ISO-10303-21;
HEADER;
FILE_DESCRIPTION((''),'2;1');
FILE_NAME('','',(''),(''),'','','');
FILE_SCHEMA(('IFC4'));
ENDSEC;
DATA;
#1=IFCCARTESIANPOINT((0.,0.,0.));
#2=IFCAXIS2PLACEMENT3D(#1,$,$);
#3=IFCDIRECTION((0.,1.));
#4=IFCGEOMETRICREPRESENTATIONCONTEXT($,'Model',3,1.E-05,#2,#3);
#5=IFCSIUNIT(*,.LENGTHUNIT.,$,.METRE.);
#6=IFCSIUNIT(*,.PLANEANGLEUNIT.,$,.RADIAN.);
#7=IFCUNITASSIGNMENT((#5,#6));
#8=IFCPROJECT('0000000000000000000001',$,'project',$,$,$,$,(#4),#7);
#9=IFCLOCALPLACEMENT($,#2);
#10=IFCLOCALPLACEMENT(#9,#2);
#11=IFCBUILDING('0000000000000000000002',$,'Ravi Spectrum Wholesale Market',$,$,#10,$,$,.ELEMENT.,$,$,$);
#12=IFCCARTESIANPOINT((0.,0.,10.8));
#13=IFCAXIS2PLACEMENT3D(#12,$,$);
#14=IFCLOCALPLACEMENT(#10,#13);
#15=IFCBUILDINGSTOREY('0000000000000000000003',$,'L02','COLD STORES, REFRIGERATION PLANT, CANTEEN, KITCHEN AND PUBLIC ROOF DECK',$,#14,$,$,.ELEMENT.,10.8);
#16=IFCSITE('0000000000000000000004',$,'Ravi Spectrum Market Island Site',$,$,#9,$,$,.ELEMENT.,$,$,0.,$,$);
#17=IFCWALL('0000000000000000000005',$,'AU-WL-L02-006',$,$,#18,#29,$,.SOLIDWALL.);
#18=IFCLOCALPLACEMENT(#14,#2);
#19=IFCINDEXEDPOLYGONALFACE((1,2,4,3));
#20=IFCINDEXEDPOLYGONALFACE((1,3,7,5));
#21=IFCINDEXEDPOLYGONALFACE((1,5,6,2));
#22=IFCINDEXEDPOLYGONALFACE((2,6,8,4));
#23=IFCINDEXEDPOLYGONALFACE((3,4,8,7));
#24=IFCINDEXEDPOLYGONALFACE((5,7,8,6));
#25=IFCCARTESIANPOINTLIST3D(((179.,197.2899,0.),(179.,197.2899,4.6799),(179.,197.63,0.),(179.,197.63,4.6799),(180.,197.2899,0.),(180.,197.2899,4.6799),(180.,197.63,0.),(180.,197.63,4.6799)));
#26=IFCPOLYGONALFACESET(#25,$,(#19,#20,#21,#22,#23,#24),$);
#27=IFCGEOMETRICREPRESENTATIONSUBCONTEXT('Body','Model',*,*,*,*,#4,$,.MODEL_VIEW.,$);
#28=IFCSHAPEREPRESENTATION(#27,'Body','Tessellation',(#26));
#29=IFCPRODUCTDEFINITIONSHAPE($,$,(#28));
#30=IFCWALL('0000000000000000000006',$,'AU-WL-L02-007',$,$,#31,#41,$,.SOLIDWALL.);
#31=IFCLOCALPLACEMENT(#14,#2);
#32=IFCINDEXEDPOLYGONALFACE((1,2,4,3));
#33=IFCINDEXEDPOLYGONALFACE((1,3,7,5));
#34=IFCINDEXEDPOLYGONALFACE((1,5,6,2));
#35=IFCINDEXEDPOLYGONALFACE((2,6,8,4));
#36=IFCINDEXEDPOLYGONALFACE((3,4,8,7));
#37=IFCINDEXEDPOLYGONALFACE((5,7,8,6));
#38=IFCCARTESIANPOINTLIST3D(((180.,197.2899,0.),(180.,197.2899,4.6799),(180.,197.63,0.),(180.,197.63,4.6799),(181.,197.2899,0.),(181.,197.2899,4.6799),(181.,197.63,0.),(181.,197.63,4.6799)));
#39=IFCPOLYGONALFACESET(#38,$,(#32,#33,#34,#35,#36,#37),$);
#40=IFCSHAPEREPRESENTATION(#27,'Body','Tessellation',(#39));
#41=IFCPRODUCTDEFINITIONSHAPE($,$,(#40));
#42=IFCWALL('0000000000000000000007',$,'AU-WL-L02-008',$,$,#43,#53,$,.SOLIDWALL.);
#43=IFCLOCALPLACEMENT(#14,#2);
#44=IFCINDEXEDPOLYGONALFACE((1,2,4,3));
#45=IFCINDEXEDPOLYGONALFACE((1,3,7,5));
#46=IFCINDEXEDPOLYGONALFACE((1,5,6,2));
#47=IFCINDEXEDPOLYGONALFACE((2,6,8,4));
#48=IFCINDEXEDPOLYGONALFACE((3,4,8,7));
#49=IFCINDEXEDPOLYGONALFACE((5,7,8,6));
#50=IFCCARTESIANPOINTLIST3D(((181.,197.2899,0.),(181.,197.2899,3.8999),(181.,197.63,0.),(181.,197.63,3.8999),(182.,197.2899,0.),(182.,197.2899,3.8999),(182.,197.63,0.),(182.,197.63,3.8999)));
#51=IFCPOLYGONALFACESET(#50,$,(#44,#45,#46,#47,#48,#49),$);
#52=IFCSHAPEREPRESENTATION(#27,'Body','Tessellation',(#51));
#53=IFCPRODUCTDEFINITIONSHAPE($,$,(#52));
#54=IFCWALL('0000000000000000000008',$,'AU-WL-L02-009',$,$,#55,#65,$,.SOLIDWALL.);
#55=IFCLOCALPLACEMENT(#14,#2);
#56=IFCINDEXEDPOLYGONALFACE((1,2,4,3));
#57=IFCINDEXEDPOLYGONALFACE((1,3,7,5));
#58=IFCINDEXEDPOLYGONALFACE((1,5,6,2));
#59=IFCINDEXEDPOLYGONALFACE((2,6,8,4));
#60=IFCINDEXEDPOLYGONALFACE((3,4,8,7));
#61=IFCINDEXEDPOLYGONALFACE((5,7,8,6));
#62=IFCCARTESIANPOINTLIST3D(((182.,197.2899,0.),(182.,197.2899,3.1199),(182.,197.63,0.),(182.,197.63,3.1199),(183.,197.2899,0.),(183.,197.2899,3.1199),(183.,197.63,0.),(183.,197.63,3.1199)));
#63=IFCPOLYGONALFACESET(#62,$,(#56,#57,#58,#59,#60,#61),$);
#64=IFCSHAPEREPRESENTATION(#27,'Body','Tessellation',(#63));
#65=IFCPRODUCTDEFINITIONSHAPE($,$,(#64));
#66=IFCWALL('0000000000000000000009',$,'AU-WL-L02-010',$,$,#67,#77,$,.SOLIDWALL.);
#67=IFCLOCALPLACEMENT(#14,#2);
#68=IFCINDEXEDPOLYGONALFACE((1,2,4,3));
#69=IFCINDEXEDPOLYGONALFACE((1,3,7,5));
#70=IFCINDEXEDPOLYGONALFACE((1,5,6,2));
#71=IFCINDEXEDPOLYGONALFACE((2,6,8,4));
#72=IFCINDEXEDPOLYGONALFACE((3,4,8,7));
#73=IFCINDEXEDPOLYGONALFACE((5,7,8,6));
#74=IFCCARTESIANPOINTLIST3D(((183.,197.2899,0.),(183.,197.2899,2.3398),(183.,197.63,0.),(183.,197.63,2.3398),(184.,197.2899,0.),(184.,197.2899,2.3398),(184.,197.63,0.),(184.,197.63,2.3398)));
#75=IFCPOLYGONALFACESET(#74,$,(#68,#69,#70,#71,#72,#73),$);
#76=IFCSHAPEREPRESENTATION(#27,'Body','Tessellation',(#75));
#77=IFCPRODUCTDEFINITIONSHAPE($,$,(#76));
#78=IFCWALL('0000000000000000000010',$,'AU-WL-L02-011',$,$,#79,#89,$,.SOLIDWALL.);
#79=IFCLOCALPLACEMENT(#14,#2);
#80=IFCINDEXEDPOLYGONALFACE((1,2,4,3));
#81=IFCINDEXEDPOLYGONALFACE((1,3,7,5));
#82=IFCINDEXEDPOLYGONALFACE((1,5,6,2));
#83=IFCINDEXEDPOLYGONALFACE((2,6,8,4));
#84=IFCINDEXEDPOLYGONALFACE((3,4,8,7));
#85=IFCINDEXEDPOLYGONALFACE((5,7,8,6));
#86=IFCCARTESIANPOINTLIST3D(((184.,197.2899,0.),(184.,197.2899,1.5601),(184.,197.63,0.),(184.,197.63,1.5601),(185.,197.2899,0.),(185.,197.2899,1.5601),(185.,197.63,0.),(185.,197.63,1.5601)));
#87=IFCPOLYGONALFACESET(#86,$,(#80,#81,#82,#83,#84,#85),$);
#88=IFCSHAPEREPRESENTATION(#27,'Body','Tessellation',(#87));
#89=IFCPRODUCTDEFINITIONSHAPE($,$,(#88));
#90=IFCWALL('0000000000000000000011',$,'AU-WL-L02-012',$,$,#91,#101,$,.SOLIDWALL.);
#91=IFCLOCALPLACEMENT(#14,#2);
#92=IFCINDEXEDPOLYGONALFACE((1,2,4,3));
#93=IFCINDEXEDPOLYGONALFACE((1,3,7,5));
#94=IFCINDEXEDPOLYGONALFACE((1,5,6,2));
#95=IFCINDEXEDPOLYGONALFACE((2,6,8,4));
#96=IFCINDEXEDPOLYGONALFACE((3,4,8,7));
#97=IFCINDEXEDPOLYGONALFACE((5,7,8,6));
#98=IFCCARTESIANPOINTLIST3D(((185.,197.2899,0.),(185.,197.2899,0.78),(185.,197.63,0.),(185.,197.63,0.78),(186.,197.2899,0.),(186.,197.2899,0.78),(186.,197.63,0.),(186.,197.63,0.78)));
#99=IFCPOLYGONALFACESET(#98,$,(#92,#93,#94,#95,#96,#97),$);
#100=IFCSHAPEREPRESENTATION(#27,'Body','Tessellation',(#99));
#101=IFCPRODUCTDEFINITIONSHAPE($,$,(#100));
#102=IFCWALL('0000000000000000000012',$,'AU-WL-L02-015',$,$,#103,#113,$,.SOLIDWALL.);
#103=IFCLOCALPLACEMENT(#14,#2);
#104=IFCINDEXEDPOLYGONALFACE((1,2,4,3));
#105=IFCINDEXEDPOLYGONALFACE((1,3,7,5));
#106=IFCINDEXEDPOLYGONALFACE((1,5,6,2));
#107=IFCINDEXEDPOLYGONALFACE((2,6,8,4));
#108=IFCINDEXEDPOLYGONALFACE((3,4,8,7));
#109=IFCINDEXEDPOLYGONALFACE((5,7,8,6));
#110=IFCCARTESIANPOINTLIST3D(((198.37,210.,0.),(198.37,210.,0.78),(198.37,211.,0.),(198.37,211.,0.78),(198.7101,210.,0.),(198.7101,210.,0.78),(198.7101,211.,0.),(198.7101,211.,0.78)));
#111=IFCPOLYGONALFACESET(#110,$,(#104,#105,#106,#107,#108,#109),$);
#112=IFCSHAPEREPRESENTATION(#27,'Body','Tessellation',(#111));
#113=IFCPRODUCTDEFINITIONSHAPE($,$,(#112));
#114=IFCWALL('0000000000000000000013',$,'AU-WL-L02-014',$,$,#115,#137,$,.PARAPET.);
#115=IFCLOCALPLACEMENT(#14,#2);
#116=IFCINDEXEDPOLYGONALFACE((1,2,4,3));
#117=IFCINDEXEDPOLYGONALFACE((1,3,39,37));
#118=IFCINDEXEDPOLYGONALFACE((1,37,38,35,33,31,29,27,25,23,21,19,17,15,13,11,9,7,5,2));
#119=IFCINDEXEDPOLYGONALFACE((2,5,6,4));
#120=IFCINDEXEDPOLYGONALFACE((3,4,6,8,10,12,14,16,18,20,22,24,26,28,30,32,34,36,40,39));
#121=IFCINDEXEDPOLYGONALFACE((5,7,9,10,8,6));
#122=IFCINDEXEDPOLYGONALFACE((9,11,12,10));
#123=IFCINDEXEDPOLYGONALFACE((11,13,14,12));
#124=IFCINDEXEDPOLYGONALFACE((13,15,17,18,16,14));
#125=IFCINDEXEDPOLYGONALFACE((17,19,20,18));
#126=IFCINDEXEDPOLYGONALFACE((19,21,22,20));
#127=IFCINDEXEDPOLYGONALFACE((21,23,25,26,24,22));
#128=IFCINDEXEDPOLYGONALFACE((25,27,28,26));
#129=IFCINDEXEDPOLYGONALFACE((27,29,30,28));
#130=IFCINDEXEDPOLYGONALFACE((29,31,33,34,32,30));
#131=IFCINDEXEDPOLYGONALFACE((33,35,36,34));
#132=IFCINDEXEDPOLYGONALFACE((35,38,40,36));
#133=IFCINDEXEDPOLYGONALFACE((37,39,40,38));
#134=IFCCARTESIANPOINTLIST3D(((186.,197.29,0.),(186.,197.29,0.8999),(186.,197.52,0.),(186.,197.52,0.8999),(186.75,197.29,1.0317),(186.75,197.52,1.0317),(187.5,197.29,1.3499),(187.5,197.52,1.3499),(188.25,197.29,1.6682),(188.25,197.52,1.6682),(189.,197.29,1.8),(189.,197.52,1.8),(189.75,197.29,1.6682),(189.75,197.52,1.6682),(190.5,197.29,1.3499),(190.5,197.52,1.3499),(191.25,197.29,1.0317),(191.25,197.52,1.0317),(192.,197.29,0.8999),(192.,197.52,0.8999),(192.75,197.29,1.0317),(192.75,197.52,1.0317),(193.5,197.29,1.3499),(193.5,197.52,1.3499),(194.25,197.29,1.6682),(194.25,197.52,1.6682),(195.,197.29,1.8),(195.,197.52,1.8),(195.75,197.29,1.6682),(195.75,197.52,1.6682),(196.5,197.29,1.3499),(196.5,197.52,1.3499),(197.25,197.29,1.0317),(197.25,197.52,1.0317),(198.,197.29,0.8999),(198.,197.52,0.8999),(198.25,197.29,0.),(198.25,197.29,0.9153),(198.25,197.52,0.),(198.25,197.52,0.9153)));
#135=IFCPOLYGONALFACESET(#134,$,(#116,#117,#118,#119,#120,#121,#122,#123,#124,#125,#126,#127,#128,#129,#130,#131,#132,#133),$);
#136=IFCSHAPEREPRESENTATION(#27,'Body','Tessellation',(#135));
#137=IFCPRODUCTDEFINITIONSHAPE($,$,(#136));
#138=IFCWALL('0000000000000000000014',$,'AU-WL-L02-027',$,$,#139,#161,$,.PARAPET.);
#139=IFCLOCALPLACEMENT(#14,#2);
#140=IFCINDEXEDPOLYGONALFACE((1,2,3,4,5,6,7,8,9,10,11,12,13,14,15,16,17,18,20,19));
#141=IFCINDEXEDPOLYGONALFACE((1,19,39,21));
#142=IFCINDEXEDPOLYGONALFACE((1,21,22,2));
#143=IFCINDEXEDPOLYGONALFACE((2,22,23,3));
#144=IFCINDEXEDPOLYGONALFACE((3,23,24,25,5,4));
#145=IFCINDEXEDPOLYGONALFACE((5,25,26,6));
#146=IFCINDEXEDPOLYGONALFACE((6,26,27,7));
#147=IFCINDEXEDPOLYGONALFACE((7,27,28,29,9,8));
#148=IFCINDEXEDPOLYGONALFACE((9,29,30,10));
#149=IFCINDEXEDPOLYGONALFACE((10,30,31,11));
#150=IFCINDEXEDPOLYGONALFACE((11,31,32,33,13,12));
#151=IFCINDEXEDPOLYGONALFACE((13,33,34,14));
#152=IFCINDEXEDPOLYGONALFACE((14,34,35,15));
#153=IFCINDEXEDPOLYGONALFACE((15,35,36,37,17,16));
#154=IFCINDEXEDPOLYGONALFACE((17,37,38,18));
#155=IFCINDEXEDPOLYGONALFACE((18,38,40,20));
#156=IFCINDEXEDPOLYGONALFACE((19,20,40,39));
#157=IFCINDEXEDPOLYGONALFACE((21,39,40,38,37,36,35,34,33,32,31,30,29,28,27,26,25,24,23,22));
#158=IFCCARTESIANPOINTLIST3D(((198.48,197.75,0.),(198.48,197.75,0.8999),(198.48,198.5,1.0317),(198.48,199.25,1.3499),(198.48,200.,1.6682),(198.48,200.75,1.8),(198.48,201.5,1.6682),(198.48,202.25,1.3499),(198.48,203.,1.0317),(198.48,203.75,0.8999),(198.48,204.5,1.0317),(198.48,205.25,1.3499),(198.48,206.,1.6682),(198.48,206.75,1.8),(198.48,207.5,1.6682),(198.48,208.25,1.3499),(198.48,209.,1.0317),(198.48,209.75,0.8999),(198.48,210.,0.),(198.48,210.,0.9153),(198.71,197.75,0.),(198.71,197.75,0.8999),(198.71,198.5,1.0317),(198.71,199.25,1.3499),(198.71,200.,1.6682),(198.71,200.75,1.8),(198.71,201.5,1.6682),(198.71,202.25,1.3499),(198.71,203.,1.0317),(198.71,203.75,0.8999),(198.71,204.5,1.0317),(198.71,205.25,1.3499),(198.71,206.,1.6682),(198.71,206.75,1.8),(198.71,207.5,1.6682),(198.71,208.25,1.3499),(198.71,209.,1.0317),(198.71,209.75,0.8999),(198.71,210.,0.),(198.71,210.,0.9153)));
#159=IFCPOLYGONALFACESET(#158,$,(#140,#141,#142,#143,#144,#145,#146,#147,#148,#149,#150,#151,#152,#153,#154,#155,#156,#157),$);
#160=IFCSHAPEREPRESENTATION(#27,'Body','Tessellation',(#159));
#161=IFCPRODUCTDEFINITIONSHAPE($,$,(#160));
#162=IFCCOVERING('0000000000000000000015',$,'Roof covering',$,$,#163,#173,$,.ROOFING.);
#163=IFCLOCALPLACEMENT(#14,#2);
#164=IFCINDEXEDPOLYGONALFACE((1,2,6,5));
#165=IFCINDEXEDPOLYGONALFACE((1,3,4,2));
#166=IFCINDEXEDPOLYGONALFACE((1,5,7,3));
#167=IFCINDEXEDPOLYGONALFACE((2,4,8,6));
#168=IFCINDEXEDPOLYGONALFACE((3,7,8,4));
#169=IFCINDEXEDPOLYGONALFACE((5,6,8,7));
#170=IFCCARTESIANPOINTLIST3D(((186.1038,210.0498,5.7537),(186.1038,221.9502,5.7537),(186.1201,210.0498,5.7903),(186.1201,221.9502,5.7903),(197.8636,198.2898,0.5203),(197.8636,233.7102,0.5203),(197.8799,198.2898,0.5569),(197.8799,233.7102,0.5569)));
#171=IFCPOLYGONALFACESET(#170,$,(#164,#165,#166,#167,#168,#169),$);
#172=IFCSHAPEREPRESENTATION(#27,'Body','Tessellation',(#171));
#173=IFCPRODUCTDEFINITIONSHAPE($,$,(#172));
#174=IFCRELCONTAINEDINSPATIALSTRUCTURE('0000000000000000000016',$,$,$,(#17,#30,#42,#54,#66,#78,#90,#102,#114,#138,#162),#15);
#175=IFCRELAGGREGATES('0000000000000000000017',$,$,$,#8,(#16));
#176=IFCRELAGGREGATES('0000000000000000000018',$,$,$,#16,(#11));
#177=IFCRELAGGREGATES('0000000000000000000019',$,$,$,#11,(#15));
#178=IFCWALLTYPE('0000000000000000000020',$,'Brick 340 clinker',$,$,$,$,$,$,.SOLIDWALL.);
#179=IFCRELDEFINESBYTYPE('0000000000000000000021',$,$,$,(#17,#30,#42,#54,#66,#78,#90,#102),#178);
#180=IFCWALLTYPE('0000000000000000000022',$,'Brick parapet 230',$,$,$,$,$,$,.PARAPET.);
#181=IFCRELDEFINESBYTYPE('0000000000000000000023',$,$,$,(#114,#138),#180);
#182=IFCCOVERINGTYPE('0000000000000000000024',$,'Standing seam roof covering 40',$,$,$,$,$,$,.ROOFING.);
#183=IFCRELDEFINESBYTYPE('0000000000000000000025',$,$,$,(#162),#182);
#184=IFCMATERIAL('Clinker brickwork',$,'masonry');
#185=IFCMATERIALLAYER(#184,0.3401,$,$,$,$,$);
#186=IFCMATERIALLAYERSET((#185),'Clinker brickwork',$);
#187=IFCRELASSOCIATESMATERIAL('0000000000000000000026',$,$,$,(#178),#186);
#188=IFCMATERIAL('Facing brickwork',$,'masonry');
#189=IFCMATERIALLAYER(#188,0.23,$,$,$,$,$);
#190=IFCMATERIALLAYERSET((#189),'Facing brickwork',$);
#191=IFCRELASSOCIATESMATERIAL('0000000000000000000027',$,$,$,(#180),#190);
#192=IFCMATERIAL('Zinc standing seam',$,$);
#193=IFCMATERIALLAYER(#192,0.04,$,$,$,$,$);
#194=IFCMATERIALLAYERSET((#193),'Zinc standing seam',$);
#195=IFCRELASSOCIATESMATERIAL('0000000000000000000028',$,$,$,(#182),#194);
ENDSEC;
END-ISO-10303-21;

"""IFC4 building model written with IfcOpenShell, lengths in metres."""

from ifc_helpers import new_model, si_unit, direction, frame, frame_2d, origin, place, context, subcontext, project, spatial, polyline, rectangle, outline, extrude, material, layer, layer_set, type_object, element, save


model = new_model("IFC4")

# Units and contexts
model_context = context("Model", 3, precision=1e-05, world=origin(), true_north=direction((0.0, 1.0)))
body_context = subcontext(model_context, "Body", "Model", "MODEL_VIEW")
ifc_project = project(units=[si_unit("LENGTHUNIT", "METRE"), si_unit("PLANEANGLEUNIT", "RADIAN")], contexts=[model_context])

# Site, building, storey
site_placement = place(None, origin())
site = spatial("IfcSite", under=ifc_project, at=site_placement, Name="Ravi Spectrum Market Island Site", CompositionType="ELEMENT", RefElevation=0.0)
building_placement = place(site_placement, origin())
building = spatial("IfcBuilding", under=site, at=building_placement, Name="Ravi Spectrum Wholesale Market", CompositionType="ELEMENT")
storey_placement = place(building_placement, frame((0.0, 0.0, 10.8)))
storey = spatial("IfcBuildingStorey", under=building, at=storey_placement, Name="L02", Description="COLD STORES, REFRIGERATION PLANT, CANTEEN, KITCHEN AND PUBLIC ROOF DECK", CompositionType="ELEMENT", Elevation=10.8)

# Walls
ifc_material_1 = material(Name="Clinker brickwork", Category="masonry")
ifc_layer_1 = layer(ifc_material_1, 0.3401)
ifc_layer_set_1 = layer_set([ifc_layer_1], Name="Clinker brickwork")
wall_type_1 = type_object("IfcWallType", Name="Brick 340 clinker", PredefinedType="SOLIDWALL", material=ifc_layer_set_1)
for number, where, z_axis, x_axis, name in (
    (1, (179.0, 197.46, 0.0), (0.0, 0.0, 1.0), (1.0, 0.0, 0.0), "AU-WL-L02-006"),
    (2, (180.0, 197.46, 0.0), (0.0, 0.0, 1.0), (1.0, 0.0, 0.0), "AU-WL-L02-007"),
):
    element("IfcWall", number, at=place(storey_placement, frame(where, z_axis=z_axis, x_axis=x_axis)), inside=storey, type_object=wall_type_1, Name=name, PredefinedType="SOLIDWALL", context=body_context, shape_type="SweptSolid", body=[
        extrude(rectangle(XDim=1.0, YDim=0.3401, at=frame_2d((0.5, 0.0))), origin(), (0.0, 0.0, 1.0), 4.6799),
    ])
wall_1_placement = place(storey_placement, frame((181.0, 197.46, 0.0), z_axis=(0.0, 0.0, 1.0), x_axis=(1.0, 0.0, 0.0)))
element("IfcWall", 3, at=wall_1_placement, inside=storey, type_object=wall_type_1, Name="AU-WL-L02-008", PredefinedType="SOLIDWALL", context=body_context, shape_type="SweptSolid", body=[
    extrude(rectangle(XDim=1.0, YDim=0.3401, at=frame_2d((0.5, 0.0))), origin(), (0.0, 0.0, 1.0), 3.8999),
])
wall_2_placement = place(storey_placement, frame((182.0, 197.46, 0.0), z_axis=(0.0, 0.0, 1.0), x_axis=(1.0, 0.0, 0.0)))
element("IfcWall", 4, at=wall_2_placement, inside=storey, type_object=wall_type_1, Name="AU-WL-L02-009", PredefinedType="SOLIDWALL", context=body_context, shape_type="SweptSolid", body=[
    extrude(rectangle(XDim=1.0, YDim=0.3401, at=frame_2d((0.5, 0.0))), origin(), (0.0, 0.0, 1.0), 3.1199),
])
wall_3_placement = place(storey_placement, frame((183.0, 197.46, 0.0), z_axis=(0.0, 0.0, 1.0), x_axis=(1.0, 0.0, 0.0)))
element("IfcWall", 5, at=wall_3_placement, inside=storey, type_object=wall_type_1, Name="AU-WL-L02-010", PredefinedType="SOLIDWALL", context=body_context, shape_type="SweptSolid", body=[
    extrude(rectangle(XDim=1.0, YDim=0.3401, at=frame_2d((0.5, 0.0))), origin(), (0.0, 0.0, 1.0), 2.3398),
])
wall_4_placement = place(storey_placement, frame((184.0, 197.46, 0.0), z_axis=(0.0, 0.0, 1.0), x_axis=(1.0, 0.0, 0.0)))
element("IfcWall", 6, at=wall_4_placement, inside=storey, type_object=wall_type_1, Name="AU-WL-L02-011", PredefinedType="SOLIDWALL", context=body_context, shape_type="SweptSolid", body=[
    extrude(rectangle(XDim=1.0, YDim=0.3401, at=frame_2d((0.5, 0.0))), origin(), (0.0, 0.0, 1.0), 1.5601),
])
for number, where, z_axis, x_axis, name in (
    (7, (185.0, 197.46, 0.0), (0.0, 0.0, 1.0), (1.0, 0.0, 0.0), "AU-WL-L02-012"),
    (8, (198.54, 210.0, 0.0), (0.0, 0.0, 1.0), (0.0, 1.0, 0.0), "AU-WL-L02-015"),
):
    element("IfcWall", number, at=place(storey_placement, frame(where, z_axis=z_axis, x_axis=x_axis)), inside=storey, type_object=wall_type_1, Name=name, PredefinedType="SOLIDWALL", context=body_context, shape_type="SweptSolid", body=[
        extrude(rectangle(XDim=1.0, YDim=0.3401, at=frame_2d((0.5, 0.0))), origin(), (0.0, 0.0, 1.0), 0.78),
    ])
ifc_material_2 = material(Name="Facing brickwork", Category="masonry")
ifc_layer_2 = layer(ifc_material_2, 0.23)
ifc_layer_set_2 = layer_set([ifc_layer_2], Name="Facing brickwork")
wall_type_2 = type_object("IfcWallType", Name="Brick parapet 230", PredefinedType="PARAPET", material=ifc_layer_set_2)
for number, where, z_axis, x_axis, name in (
    (9, (186.0, 197.405, 0.0), (0.0, 0.0, 1.0), (1.0, 0.0, 0.0), "AU-WL-L02-014"),
    (10, (198.595, 197.75, 0.0), (0.0, 0.0, 1.0), (0.0, 1.0, 0.0), "AU-WL-L02-027"),
):
    element("IfcWall", number, at=place(storey_placement, frame(where, z_axis=z_axis, x_axis=x_axis)), inside=storey, type_object=wall_type_2, Name=name, PredefinedType="PARAPET", context=body_context, shape_type="SweptSolid", body=[
        extrude(outline(polyline([(0.0, 0.0), (12.25, 0.0), (12.25, 0.9153), (12.0, 0.8999), (11.25, 1.0317), (10.5, 1.3499), (9.75, 1.6682), (9.0, 1.8), (8.25, 1.6682), (7.5, 1.3499), (6.75, 1.0317), (6.0, 0.8999), (5.25, 1.0317), (4.5, 1.3499), (3.75, 1.6682), (3.0, 1.8), (2.25, 1.6682), (1.5, 1.3499), (0.75, 1.0317), (0.0, 0.8999), (0.0, 0.0)])), frame((0.0, 0.115, 0.0), z_axis=(0.0, -1.0, 0.0), x_axis=(1.0, 0.0, 0.0)), (0.0, 0.0, 1.0), 0.23),
    ])

# Covering
ifc_material_3 = material(Name="Zinc standing seam")
ifc_layer_3 = layer(ifc_material_3, 0.04)
ifc_layer_set_3 = layer_set([ifc_layer_3], Name="Zinc standing seam")
covering_type = type_object("IfcCoveringType", Name="Standing seam roof covering 40", PredefinedType="ROOFING", material=ifc_layer_set_3)
covering_placement = place(storey_placement, frame((197.8799, 198.2898, 0.5569), z_axis=(0.406582, 0.0, 0.913614), x_axis=(-0.674493, 0.674507, 0.300167)))
element("IfcCovering", 11, at=covering_placement, inside=storey, type_object=covering_type, Name="Roof covering", PredefinedType="ROOFING", context=body_context, shape_type="SweptSolid", body=[
    extrude(outline(polyline([(0.0, 0.0), (17.435, 0.0), (25.4619, -8.7857), (23.8913, -26.1498), (0.0, 0.0)])), origin(), (0.0, 0.0, -1.0), 0.04),
])

save(model, "model.ifc")
